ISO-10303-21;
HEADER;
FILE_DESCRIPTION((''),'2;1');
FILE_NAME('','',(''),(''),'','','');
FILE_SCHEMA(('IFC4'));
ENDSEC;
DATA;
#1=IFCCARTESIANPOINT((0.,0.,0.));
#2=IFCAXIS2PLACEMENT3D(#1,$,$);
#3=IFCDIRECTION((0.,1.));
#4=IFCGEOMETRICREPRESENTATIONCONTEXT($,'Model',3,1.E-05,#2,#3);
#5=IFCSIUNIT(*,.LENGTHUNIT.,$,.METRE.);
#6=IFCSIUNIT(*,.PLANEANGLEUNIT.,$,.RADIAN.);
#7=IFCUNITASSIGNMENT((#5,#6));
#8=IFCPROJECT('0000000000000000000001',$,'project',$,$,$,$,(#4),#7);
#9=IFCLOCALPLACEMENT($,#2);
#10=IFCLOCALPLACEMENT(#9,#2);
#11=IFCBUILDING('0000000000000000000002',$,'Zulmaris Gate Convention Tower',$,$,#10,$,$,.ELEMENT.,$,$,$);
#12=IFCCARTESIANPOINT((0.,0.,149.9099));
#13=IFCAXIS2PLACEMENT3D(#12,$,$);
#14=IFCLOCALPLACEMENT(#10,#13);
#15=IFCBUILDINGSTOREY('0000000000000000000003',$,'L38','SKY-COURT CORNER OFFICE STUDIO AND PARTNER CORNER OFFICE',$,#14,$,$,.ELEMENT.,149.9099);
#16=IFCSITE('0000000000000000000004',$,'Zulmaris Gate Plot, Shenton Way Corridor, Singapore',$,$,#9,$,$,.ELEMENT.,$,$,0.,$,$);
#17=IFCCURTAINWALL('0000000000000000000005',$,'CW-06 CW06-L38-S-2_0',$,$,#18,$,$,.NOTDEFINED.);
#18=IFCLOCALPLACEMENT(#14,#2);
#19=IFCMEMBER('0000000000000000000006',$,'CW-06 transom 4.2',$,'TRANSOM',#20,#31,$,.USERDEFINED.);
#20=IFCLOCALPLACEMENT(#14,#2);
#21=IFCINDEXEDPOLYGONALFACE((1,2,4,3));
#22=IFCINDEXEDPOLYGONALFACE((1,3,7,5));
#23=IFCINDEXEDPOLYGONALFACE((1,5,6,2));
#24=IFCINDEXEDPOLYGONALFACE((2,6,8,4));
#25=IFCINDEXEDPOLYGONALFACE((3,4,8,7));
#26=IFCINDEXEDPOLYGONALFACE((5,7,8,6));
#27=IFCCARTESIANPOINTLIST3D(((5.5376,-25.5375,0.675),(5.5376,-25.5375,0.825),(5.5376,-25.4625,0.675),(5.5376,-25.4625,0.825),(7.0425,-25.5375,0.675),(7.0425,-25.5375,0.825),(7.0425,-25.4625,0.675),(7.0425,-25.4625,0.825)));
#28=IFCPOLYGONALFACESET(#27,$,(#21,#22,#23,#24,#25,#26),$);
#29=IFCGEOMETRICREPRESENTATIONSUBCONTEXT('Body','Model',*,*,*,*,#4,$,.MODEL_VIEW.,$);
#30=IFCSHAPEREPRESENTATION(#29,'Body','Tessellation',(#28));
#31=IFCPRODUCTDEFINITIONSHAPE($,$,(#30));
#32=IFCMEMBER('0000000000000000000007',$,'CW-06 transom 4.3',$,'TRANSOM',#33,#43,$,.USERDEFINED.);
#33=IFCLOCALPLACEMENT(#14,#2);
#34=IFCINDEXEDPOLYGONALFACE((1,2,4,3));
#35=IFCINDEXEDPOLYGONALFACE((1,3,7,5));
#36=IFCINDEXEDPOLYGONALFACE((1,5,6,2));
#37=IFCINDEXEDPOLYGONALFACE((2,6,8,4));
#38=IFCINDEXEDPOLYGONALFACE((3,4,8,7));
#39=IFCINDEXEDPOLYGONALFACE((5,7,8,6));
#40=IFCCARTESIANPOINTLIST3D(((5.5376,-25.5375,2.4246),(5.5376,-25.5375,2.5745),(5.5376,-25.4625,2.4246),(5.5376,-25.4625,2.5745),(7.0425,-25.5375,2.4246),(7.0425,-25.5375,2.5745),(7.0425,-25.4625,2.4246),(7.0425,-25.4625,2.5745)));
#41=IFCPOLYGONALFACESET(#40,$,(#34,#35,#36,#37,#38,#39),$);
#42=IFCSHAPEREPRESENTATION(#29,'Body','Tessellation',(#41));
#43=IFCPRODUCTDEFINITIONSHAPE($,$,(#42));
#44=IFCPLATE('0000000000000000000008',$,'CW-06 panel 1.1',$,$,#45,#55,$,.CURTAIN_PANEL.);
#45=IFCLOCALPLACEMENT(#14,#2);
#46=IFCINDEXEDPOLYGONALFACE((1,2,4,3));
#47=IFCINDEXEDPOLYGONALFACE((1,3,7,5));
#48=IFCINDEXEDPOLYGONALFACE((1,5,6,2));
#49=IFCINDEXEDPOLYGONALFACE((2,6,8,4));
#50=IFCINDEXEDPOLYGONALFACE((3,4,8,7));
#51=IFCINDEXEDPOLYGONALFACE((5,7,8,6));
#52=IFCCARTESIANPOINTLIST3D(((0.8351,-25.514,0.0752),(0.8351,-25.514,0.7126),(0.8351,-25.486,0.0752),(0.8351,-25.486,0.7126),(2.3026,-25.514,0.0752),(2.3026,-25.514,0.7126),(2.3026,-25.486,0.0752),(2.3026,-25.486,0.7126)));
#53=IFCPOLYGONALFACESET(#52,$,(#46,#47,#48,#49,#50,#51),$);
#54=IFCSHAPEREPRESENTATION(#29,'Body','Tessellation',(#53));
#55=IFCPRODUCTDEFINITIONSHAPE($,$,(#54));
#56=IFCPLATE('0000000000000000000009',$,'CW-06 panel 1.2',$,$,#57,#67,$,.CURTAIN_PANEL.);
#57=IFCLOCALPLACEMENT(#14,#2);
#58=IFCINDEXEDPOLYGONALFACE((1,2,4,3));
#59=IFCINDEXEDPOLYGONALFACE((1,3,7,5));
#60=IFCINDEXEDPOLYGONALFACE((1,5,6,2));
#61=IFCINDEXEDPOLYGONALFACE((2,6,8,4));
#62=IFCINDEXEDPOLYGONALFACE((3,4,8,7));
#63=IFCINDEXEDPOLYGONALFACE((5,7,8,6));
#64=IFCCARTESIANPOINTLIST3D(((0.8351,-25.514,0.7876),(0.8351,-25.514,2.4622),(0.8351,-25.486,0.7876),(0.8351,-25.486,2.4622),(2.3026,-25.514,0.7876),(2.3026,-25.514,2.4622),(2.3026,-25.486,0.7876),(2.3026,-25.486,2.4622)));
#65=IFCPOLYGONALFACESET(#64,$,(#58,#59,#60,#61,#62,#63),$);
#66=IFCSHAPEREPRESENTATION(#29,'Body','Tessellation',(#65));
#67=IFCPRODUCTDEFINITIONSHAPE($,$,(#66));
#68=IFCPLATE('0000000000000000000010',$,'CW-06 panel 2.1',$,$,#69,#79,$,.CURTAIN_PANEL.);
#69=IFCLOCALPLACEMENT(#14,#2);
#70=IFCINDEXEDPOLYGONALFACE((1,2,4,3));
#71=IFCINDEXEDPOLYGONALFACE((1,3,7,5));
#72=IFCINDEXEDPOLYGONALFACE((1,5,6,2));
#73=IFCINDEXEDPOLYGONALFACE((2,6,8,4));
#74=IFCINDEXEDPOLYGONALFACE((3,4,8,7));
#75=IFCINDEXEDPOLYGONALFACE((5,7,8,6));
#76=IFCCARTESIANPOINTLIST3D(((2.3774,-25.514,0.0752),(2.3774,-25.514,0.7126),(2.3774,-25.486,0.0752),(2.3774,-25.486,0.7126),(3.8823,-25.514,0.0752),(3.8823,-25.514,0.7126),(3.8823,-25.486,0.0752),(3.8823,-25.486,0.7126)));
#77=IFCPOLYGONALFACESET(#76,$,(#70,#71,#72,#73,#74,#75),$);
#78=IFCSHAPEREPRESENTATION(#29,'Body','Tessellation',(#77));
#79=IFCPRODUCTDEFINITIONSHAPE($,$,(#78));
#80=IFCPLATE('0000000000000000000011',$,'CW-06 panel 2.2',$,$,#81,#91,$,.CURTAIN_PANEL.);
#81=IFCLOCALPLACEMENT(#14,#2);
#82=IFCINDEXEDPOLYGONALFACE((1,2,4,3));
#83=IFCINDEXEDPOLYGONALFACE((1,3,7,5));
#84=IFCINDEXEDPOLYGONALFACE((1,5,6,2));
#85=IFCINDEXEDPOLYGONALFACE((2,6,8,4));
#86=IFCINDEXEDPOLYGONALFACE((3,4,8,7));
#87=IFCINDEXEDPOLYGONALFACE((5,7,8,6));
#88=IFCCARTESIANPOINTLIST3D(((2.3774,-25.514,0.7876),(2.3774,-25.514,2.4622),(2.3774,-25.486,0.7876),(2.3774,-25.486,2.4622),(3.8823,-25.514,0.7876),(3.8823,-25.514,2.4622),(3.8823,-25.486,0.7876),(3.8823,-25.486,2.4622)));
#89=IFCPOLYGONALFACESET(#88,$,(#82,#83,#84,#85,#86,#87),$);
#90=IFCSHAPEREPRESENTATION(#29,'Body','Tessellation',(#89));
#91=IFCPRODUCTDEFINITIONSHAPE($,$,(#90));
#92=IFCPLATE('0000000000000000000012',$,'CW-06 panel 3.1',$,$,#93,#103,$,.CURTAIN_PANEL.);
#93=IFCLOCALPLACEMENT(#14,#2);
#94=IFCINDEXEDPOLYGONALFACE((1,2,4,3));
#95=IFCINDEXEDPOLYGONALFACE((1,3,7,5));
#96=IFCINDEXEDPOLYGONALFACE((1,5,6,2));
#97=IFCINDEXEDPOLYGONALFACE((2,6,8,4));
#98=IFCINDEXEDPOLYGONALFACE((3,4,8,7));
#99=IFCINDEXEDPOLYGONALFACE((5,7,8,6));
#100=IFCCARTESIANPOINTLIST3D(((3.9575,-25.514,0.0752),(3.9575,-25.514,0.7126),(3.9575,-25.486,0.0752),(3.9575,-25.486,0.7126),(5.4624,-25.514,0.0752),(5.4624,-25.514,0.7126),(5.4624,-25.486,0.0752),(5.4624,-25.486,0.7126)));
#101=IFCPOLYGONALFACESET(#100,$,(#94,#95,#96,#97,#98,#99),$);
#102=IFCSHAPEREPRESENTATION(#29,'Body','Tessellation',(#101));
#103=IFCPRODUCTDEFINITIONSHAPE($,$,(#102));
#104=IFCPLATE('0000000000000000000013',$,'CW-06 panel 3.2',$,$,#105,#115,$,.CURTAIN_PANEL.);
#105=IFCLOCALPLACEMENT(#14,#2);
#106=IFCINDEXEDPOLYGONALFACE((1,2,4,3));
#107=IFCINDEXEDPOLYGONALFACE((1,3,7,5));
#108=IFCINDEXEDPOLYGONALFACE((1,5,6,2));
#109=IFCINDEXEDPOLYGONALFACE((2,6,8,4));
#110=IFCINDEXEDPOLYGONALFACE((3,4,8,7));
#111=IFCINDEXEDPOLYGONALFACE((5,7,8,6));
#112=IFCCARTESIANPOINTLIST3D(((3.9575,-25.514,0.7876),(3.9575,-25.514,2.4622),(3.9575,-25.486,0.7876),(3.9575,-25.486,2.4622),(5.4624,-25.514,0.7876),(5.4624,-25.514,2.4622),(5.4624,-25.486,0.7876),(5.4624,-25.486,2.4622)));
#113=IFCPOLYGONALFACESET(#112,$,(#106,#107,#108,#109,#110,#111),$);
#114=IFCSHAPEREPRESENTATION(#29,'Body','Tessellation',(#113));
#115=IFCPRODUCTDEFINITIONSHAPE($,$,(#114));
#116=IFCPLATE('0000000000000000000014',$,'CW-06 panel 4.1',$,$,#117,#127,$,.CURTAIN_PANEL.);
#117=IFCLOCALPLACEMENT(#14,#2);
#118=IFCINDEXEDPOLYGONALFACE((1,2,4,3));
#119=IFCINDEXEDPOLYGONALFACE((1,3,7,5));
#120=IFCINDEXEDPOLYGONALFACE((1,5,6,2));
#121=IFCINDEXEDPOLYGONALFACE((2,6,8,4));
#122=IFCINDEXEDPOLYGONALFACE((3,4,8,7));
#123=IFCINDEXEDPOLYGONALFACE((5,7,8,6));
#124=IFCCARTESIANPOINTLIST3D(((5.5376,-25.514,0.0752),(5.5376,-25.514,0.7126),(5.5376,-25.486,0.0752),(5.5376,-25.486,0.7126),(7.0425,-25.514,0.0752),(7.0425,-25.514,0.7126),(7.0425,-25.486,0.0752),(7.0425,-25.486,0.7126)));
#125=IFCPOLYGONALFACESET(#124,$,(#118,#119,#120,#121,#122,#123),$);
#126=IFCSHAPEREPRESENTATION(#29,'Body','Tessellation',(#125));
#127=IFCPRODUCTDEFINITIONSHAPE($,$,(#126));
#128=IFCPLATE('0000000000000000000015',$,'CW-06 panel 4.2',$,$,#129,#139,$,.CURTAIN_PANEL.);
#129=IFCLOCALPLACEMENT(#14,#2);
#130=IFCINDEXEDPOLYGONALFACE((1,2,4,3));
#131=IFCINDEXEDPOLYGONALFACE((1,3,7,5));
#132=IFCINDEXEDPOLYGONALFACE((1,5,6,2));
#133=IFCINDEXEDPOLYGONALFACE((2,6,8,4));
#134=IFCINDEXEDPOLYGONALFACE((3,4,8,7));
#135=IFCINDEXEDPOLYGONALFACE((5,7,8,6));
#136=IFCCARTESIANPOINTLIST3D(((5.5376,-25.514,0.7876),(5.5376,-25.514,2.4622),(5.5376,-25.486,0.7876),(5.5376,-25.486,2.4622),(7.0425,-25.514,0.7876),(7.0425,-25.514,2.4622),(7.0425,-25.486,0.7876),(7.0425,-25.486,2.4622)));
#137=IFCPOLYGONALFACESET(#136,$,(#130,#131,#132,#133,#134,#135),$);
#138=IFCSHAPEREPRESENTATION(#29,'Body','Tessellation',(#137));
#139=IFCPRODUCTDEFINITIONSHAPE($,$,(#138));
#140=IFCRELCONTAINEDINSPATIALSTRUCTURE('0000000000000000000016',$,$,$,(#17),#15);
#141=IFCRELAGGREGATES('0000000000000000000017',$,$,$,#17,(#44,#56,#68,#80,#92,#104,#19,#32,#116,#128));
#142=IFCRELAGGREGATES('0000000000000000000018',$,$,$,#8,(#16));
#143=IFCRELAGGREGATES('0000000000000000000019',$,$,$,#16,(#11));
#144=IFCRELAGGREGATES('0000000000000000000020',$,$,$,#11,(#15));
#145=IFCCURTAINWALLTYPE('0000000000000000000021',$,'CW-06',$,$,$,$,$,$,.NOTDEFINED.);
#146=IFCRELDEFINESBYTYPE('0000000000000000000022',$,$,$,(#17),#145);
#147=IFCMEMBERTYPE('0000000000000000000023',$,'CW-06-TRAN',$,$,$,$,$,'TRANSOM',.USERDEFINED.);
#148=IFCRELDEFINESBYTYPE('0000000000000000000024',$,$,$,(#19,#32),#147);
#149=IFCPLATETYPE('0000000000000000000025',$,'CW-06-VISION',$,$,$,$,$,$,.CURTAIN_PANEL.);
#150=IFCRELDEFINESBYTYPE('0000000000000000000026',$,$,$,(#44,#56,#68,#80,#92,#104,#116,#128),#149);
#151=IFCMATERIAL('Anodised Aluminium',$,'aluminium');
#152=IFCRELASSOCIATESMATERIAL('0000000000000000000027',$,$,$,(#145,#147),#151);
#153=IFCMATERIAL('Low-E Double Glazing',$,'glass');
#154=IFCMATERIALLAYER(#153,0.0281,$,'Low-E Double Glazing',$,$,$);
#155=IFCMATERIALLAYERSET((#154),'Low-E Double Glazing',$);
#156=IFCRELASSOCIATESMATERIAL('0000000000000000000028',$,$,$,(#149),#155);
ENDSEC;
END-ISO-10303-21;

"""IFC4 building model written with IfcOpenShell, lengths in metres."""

from ifc_helpers import new_model, si_unit, direction, frame, origin, origin_2d, place, context, subcontext, project, spatial, rectangle, extrude, material, layer, layer_set, material_profile, profile_set, type_object, element, aggregate, save


model = new_model("IFC4")

# Units and contexts
model_context = context("Model", 3, precision=1e-05, world=origin(), true_north=direction((0.0, 1.0)))
body_context = subcontext(model_context, "Body", "Model", "MODEL_VIEW")
ifc_project = project(units=[si_unit("LENGTHUNIT", "METRE"), si_unit("PLANEANGLEUNIT", "RADIAN")], contexts=[model_context])

# Site, building, storey
site_placement = place(None, origin())
site = spatial("IfcSite", under=ifc_project, at=site_placement, Name="Zulmaris Gate Plot, Shenton Way Corridor, Singapore", CompositionType="ELEMENT", RefElevation=0.0)
building_placement = place(site_placement, origin())
building = spatial("IfcBuilding", under=site, at=building_placement, Name="Zulmaris Gate Convention Tower", CompositionType="ELEMENT")
storey_placement = place(building_placement, frame((0.0, 0.0, 149.9099)))
storey = spatial("IfcBuildingStorey", under=building, at=storey_placement, Name="L38", Description="SKY-COURT CORNER OFFICE STUDIO AND PARTNER CORNER OFFICE", CompositionType="ELEMENT", Elevation=149.9099)

# Curtain wall, members, plates
ifc_material_1 = material(Name="Anodised Aluminium", Category="aluminium")
curtain_wall_type = type_object("IfcCurtainWallType", Name="CW-06", PredefinedType="NOTDEFINED", material=ifc_material_1)
curtain_wall_placement = place(storey_placement, origin())
curtain_wall = element("IfcCurtainWall", 1, at=curtain_wall_placement, inside=storey, type_object=curtain_wall_type, Name="CW-06 CW06-L38-S-2_0", PredefinedType="NOTDEFINED")
ifc_material_profile_1 = material_profile(ifc_material_1, rectangle(XDim=0.075, YDim=0.1499, at=origin_2d()), Name="ALU TRANSOM 75x150")
ifc_profile_set_1 = profile_set([ifc_material_profile_1], Name="Anodised Aluminium")
member_type_1 = type_object("IfcMemberType", Name="CW-06-TRAN", ElementType="TRANSOM", PredefinedType="USERDEFINED", material=ifc_profile_set_1)
member_1_placement = place(storey_placement, frame((5.5376, -25.5, 0.75), z_axis=(1.0, 0.0, 0.0), x_axis=(0.0, 1.0, 0.0)))
member_1 = element("IfcMember", 2, at=member_1_placement, type_object=member_type_1, Name="CW-06 transom 4.2", ObjectType="TRANSOM", PredefinedType="USERDEFINED", context=body_context, shape_type="SweptSolid", body=[
    extrude(rectangle(XDim=0.075, YDim=0.1499, at=origin_2d()), origin(), (0.0, 0.0, 1.0), 1.5049),
])
member_2_placement = place(storey_placement, frame((5.5376, -25.5, 2.4995), z_axis=(1.0, 0.0, 0.0), x_axis=(0.0, 1.0, 0.0)))
member_2 = element("IfcMember", 3, at=member_2_placement, type_object=member_type_1, Name="CW-06 transom 4.3", ObjectType="TRANSOM", PredefinedType="USERDEFINED", context=body_context, shape_type="SweptSolid", body=[
    extrude(rectangle(XDim=0.075, YDim=0.1499, at=origin_2d()), origin(), (0.0, 0.0, 1.0), 1.5049),
])
ifc_material_2 = material(Name="Low-E Double Glazing", Category="glass")
ifc_layer_1 = layer(ifc_material_2, 0.0281, Name="Low-E Double Glazing")
ifc_layer_set_1 = layer_set([ifc_layer_1], Name="Low-E Double Glazing")
plate_type = type_object("IfcPlateType", Name="CW-06-VISION", PredefinedType="CURTAIN_PANEL", material=ifc_layer_set_1)
plate_1_placement = place(storey_placement, frame((1.5688, -25.5, 0.0752), z_axis=(0.0, 0.0, 1.0), x_axis=(1.0, 0.0, 0.0)))
plate_1 = element("IfcPlate", 4, at=plate_1_placement, type_object=plate_type, Name="CW-06 panel 1.1", PredefinedType="CURTAIN_PANEL", context=body_context, shape_type="SweptSolid", body=[
    extrude(rectangle(XDim=1.4675, YDim=0.0281, at=origin_2d()), origin(), (0.0, 0.0, 1.0), 0.6375),
])
plate_2_placement = place(storey_placement, frame((1.5688, -25.5, 0.7876), z_axis=(0.0, 0.0, 1.0), x_axis=(1.0, 0.0, 0.0)))
plate_2 = element("IfcPlate", 5, at=plate_2_placement, type_object=plate_type, Name="CW-06 panel 1.2", PredefinedType="CURTAIN_PANEL", context=body_context, shape_type="SweptSolid", body=[
    extrude(rectangle(XDim=1.4675, YDim=0.0281, at=origin_2d()), origin(), (0.0, 0.0, 1.0), 1.6746),
])
plate_3_placement = place(storey_placement, frame((3.1299, -25.5, 0.0752), z_axis=(0.0, 0.0, 1.0), x_axis=(1.0, 0.0, 0.0)))
plate_3 = element("IfcPlate", 6, at=plate_3_placement, type_object=plate_type, Name="CW-06 panel 2.1", PredefinedType="CURTAIN_PANEL", context=body_context, shape_type="SweptSolid", body=[
    extrude(rectangle(XDim=1.5049, YDim=0.0281, at=origin_2d()), origin(), (0.0, 0.0, 1.0), 0.6375),
])
plate_4_placement = place(storey_placement, frame((3.1299, -25.5, 0.7876), z_axis=(0.0, 0.0, 1.0), x_axis=(1.0, 0.0, 0.0)))
plate_4 = element("IfcPlate", 7, at=plate_4_placement, type_object=plate_type, Name="CW-06 panel 2.2", PredefinedType="CURTAIN_PANEL", context=body_context, shape_type="SweptSolid", body=[
    extrude(rectangle(XDim=1.5049, YDim=0.0281, at=origin_2d()), origin(), (0.0, 0.0, 1.0), 1.6746),
])
plate_5_placement = place(storey_placement, frame((4.71, -25.5, 0.0752), z_axis=(0.0, 0.0, 1.0), x_axis=(1.0, 0.0, 0.0)))
plate_5 = element("IfcPlate", 8, at=plate_5_placement, type_object=plate_type, Name="CW-06 panel 3.1", PredefinedType="CURTAIN_PANEL", context=body_context, shape_type="SweptSolid", body=[
    extrude(rectangle(XDim=1.5049, YDim=0.0281, at=origin_2d()), origin(), (0.0, 0.0, 1.0), 0.6375),
])
plate_6_placement = place(storey_placement, frame((4.71, -25.5, 0.7876), z_axis=(0.0, 0.0, 1.0), x_axis=(1.0, 0.0, 0.0)))
plate_6 = element("IfcPlate", 9, at=plate_6_placement, type_object=plate_type, Name="CW-06 panel 3.2", PredefinedType="CURTAIN_PANEL", context=body_context, shape_type="SweptSolid", body=[
    extrude(rectangle(XDim=1.5049, YDim=0.0281, at=origin_2d()), origin(), (0.0, 0.0, 1.0), 1.6746),
])
plate_7_placement = place(storey_placement, frame((6.29, -25.5, 0.0752), z_axis=(0.0, 0.0, 1.0), x_axis=(1.0, 0.0, 0.0)))
plate_7 = element("IfcPlate", 10, at=plate_7_placement, type_object=plate_type, Name="CW-06 panel 4.1", PredefinedType="CURTAIN_PANEL", context=body_context, shape_type="SweptSolid", body=[
    extrude(rectangle(XDim=1.5049, YDim=0.0281, at=origin_2d()), origin(), (0.0, 0.0, 1.0), 0.6375),
])
plate_8_placement = place(storey_placement, frame((6.29, -25.5, 0.7876), z_axis=(0.0, 0.0, 1.0), x_axis=(1.0, 0.0, 0.0)))
plate_8 = element("IfcPlate", 11, at=plate_8_placement, type_object=plate_type, Name="CW-06 panel 4.2", PredefinedType="CURTAIN_PANEL", context=body_context, shape_type="SweptSolid", body=[
    extrude(rectangle(XDim=1.5049, YDim=0.0281, at=origin_2d()), origin(), (0.0, 0.0, 1.0), 1.6746),
])
aggregate(curtain_wall, [plate_1, plate_2, plate_3, plate_4, plate_5, plate_6, member_1, member_2, plate_7, plate_8])

save(model, "model.ifc")
